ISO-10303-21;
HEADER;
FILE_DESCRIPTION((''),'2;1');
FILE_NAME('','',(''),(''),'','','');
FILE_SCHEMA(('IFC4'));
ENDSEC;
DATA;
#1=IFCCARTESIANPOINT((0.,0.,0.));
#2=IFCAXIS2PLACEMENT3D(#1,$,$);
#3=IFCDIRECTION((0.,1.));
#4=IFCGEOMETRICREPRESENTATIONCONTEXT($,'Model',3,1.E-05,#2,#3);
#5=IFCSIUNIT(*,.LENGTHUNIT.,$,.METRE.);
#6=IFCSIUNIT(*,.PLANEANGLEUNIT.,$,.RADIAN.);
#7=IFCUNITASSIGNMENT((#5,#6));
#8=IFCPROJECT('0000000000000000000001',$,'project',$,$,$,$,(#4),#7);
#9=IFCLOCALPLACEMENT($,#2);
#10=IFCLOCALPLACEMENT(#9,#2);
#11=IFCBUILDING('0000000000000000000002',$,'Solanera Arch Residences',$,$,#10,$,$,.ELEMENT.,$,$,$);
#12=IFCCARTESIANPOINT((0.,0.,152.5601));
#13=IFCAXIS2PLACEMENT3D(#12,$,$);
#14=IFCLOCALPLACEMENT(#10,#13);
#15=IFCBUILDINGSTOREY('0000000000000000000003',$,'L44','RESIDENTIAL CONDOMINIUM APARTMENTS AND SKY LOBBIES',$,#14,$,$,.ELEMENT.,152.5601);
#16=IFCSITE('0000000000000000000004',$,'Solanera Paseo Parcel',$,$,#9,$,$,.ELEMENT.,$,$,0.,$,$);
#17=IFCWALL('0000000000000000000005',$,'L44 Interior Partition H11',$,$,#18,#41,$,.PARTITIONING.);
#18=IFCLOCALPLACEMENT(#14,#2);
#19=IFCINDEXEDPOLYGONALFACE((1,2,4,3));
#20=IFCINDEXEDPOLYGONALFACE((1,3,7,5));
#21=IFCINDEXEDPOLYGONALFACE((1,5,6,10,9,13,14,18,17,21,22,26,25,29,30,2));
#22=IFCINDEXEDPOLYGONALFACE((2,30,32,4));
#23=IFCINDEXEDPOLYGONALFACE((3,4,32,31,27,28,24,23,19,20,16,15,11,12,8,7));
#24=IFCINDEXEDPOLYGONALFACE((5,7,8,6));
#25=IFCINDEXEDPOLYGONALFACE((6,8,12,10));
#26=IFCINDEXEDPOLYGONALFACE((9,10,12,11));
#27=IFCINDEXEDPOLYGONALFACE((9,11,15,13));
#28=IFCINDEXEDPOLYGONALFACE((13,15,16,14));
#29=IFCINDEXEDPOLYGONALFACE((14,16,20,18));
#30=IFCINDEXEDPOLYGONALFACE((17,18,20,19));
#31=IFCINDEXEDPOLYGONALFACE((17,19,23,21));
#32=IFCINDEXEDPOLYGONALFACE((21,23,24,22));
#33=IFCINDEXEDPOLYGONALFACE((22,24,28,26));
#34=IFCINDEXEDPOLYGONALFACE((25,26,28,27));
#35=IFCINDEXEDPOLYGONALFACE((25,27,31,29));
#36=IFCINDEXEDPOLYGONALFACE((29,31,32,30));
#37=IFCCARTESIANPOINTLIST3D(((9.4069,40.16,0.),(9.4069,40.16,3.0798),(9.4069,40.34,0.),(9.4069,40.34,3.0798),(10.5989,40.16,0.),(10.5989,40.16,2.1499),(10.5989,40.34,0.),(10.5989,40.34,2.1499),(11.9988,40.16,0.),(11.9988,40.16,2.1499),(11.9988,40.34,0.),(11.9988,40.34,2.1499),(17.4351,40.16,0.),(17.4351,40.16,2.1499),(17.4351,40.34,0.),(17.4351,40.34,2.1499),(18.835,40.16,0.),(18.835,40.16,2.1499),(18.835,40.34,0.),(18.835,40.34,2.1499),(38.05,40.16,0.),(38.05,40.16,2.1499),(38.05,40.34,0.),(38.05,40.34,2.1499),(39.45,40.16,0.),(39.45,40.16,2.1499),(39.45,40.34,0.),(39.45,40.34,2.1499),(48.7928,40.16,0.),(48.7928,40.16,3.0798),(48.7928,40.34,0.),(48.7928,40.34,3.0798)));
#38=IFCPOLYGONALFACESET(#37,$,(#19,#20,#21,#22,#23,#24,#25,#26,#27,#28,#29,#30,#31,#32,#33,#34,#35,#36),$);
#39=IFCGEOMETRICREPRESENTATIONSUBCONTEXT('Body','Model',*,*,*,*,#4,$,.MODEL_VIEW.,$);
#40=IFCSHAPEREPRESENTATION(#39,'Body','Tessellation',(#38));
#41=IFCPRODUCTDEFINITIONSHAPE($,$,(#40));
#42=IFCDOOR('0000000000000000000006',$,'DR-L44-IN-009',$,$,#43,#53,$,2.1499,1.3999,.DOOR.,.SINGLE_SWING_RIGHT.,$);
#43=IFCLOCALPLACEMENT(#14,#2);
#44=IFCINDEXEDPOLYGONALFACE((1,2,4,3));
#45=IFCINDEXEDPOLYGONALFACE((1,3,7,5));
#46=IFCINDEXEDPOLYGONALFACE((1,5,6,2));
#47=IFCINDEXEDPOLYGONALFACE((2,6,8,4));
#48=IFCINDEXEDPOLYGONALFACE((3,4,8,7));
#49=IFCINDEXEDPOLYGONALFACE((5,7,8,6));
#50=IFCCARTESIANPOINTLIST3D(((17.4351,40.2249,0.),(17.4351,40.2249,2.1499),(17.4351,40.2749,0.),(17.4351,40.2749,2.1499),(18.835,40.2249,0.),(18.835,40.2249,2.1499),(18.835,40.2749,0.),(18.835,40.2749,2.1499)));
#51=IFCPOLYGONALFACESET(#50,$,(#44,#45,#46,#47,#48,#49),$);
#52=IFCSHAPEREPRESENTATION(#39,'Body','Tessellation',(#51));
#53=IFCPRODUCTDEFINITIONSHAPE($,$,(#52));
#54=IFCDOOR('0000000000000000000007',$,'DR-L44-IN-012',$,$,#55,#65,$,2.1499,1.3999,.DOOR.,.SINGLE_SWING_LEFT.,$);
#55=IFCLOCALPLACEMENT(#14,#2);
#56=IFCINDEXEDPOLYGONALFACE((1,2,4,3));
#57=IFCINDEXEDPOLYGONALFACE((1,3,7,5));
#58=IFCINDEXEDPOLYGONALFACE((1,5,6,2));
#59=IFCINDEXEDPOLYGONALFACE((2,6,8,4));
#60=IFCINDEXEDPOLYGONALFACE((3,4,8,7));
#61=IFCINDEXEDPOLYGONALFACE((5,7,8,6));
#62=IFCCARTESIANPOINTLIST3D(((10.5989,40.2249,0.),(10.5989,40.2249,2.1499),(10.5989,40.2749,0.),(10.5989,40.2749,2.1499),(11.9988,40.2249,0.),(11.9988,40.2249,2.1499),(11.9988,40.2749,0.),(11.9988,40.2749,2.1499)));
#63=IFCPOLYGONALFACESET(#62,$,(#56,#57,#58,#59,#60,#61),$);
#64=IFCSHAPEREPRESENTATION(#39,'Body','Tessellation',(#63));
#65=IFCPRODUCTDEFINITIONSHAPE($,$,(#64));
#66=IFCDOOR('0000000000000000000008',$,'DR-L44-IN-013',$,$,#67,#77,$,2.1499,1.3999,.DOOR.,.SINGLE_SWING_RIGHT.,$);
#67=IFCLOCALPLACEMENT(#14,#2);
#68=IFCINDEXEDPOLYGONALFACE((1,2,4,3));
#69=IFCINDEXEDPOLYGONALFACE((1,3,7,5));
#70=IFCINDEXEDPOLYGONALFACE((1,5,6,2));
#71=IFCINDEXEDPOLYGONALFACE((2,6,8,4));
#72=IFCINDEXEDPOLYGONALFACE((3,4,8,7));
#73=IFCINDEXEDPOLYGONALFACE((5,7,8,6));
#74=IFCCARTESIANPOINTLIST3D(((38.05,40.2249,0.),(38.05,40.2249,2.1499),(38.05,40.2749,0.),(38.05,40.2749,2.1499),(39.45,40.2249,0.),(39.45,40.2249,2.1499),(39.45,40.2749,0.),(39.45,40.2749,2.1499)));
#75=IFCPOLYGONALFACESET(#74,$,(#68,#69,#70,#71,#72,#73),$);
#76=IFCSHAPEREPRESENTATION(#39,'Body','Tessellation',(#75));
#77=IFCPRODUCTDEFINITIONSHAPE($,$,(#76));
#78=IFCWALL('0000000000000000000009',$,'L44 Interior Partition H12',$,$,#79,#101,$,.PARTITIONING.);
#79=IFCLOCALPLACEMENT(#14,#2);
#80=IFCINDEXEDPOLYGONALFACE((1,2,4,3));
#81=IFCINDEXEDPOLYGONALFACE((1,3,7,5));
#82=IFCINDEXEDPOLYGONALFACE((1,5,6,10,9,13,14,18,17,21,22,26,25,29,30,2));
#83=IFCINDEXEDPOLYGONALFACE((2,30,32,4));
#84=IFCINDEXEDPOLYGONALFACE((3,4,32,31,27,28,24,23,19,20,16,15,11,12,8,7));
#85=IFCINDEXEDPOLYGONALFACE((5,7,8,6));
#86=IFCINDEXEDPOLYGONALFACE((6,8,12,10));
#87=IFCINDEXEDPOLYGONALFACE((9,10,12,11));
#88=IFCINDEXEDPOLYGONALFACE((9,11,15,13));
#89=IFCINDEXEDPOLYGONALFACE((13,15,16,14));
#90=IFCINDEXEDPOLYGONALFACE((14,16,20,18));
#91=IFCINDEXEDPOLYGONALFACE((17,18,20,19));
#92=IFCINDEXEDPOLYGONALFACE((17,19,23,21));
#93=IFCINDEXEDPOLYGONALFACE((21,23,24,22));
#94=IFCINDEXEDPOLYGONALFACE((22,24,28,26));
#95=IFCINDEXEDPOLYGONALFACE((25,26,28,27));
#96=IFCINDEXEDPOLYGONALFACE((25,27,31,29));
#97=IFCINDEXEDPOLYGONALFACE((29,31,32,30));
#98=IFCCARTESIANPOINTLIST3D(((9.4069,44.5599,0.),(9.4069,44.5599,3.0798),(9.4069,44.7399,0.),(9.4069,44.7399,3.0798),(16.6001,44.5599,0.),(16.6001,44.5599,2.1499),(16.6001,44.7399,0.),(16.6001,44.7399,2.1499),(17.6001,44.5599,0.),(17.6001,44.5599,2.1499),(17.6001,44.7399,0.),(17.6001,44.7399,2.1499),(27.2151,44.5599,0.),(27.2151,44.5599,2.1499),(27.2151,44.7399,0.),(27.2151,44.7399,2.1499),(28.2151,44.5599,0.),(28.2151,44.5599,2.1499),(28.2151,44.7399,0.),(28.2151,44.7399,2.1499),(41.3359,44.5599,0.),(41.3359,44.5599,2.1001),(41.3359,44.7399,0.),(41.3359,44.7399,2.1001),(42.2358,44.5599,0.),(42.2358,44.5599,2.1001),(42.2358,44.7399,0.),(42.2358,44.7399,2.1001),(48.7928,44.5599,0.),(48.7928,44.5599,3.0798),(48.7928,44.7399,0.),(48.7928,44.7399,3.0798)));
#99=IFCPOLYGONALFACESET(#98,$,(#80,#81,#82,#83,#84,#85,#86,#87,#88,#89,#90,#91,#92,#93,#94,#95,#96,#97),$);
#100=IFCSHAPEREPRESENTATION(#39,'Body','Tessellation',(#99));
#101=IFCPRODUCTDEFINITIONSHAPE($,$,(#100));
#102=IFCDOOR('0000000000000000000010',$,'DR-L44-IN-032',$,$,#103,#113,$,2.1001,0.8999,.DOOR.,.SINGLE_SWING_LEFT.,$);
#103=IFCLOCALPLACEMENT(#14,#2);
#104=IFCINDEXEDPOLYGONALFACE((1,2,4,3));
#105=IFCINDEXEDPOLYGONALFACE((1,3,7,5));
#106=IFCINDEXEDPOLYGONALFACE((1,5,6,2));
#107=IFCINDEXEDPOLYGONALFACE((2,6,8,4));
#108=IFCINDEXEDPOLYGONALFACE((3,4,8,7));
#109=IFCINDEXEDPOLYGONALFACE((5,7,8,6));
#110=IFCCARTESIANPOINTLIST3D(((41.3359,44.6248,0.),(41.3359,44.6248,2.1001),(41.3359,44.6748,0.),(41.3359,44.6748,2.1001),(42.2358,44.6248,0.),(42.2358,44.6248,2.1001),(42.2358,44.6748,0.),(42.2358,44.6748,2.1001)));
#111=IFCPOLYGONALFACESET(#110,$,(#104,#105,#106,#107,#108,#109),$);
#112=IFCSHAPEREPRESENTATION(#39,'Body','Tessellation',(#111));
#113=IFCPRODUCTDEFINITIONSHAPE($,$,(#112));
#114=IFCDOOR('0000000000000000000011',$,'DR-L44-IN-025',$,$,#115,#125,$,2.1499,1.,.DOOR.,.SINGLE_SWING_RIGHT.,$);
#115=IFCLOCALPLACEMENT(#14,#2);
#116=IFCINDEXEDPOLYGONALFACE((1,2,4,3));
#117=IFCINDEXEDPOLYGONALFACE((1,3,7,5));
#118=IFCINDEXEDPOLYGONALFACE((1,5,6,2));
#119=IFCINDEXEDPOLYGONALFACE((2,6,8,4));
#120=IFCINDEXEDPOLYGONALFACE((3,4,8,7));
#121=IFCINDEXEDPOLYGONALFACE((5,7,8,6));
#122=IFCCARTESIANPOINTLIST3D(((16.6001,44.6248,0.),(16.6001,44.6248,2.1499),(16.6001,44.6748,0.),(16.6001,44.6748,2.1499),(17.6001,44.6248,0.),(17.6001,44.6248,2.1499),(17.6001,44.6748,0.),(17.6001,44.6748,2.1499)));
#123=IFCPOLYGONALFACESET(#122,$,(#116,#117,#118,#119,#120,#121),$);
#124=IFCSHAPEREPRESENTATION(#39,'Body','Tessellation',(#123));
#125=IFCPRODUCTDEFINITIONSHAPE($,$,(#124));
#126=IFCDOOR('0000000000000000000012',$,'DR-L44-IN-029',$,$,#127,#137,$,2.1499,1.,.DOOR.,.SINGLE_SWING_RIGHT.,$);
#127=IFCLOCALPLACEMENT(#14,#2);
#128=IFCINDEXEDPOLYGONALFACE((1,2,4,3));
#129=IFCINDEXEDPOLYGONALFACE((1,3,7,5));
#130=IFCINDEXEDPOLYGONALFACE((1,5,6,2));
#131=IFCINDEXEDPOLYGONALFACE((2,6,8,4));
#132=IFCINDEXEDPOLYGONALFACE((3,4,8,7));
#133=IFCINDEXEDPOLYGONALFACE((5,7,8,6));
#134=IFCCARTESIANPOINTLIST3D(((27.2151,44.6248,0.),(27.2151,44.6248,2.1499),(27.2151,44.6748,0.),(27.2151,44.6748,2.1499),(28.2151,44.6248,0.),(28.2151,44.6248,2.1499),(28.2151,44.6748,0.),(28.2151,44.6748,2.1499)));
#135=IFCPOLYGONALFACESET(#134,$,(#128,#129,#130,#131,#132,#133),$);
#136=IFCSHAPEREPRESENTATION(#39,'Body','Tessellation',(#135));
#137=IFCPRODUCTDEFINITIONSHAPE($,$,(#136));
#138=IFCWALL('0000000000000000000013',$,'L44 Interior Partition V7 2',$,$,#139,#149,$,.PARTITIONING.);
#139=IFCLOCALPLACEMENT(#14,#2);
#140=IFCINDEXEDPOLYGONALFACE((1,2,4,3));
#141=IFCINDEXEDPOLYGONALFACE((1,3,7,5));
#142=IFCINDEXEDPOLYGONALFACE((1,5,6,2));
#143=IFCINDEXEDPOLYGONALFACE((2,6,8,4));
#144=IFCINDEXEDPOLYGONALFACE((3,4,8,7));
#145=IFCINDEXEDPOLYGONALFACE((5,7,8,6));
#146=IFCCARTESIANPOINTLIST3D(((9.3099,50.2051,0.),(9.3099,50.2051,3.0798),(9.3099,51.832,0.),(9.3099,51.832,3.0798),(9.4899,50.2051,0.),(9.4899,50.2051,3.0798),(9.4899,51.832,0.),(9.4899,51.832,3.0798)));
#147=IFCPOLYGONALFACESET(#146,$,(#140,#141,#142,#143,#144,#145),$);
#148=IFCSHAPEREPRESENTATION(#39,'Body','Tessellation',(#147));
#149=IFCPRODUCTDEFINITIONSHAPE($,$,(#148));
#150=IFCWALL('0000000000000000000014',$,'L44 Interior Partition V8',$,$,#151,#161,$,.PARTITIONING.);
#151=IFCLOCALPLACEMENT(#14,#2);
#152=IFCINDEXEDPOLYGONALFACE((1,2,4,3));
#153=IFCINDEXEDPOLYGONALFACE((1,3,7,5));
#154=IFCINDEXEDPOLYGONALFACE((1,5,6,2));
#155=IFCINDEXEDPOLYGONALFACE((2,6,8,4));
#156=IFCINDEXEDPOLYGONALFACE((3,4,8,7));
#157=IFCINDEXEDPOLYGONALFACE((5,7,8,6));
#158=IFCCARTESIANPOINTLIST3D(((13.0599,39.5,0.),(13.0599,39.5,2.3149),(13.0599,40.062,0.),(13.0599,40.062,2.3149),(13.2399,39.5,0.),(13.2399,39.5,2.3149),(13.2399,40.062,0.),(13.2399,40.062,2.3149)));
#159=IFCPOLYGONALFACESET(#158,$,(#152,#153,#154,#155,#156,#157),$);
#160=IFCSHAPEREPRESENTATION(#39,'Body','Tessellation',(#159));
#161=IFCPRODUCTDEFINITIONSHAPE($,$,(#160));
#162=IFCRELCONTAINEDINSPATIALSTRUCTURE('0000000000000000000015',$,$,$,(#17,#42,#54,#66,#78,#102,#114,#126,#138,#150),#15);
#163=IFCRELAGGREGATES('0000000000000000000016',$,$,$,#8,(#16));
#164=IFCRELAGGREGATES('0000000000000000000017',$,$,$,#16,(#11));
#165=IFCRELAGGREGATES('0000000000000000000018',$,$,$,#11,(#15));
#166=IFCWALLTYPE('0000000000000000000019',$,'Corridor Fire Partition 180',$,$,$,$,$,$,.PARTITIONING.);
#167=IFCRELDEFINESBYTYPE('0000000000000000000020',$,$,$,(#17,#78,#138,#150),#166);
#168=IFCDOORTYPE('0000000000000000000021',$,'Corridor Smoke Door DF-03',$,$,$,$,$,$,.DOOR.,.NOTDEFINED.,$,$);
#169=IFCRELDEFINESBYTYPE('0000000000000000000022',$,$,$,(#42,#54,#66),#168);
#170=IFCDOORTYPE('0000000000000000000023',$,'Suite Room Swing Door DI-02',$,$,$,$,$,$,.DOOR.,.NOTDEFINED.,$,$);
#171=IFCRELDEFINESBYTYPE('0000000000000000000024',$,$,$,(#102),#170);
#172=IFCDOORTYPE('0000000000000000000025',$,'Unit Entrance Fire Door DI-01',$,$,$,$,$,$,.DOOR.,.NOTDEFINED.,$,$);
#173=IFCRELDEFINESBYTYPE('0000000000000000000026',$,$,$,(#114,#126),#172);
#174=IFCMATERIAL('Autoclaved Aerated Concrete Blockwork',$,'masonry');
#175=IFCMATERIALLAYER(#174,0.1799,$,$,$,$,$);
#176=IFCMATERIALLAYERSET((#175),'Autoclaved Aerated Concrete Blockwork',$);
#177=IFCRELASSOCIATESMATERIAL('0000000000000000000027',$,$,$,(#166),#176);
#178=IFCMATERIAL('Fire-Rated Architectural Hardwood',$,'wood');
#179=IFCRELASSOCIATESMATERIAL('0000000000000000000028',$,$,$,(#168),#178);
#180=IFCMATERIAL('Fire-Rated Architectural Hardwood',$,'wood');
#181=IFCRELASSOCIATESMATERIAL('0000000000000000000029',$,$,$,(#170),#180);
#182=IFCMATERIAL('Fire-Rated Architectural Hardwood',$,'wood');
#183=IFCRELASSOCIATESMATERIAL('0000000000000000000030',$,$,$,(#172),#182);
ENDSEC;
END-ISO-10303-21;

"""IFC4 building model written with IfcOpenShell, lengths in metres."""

from ifc_helpers import new_model, si_unit, direction, frame, frame_2d, origin, place, context, subcontext, project, spatial, rectangle, extrude, material, layer, layer_set, type_object, element, fill, save


model = new_model("IFC4")

# Units and contexts
model_context = context("Model", 3, precision=1e-05, world=origin(), true_north=direction((0.0, 1.0)))
body_context = subcontext(model_context, "Body", "Model", "MODEL_VIEW")
ifc_project = project(units=[si_unit("LENGTHUNIT", "METRE"), si_unit("PLANEANGLEUNIT", "RADIAN")], contexts=[model_context])

# Site, building, storey
site_placement = place(None, origin())
site = spatial("IfcSite", under=ifc_project, at=site_placement, Name="Solanera Paseo Parcel", CompositionType="ELEMENT", RefElevation=0.0)
building_placement = place(site_placement, origin())
building = spatial("IfcBuilding", under=site, at=building_placement, Name="Solanera Arch Residences", CompositionType="ELEMENT")
storey_placement = place(building_placement, frame((0.0, 0.0, 152.5601)))
storey = spatial("IfcBuildingStorey", under=building, at=storey_placement, Name="L44", Description="RESIDENTIAL CONDOMINIUM APARTMENTS AND SKY LOBBIES", CompositionType="ELEMENT", Elevation=152.5601)

# Walls, openings, doors
ifc_material_1 = material(Name="Autoclaved Aerated Concrete Blockwork", Category="masonry")
ifc_layer_1 = layer(ifc_material_1, 0.1799)
ifc_layer_set_1 = layer_set([ifc_layer_1], Name="Autoclaved Aerated Concrete Blockwork")
wall_type_1 = type_object("IfcWallType", Name="Corridor Fire Partition 180", PredefinedType="PARTITIONING", material=ifc_layer_set_1)
wall_1_placement = place(storey_placement, frame((9.407, 40.25, 0.0), z_axis=(0.0, 0.0, 1.0), x_axis=(1.0, 0.0, 0.0)))
wall_1 = element("IfcWall", 1, at=wall_1_placement, inside=storey, type_object=wall_type_1, Name="L44 Interior Partition H11", PredefinedType="PARTITIONING", context=body_context, shape_type="SweptSolid", body=[
    extrude(rectangle(XDim=39.386, YDim=0.1799, at=frame_2d((19.6929, 0.0))), origin(), (0.0, 0.0, 1.0), 3.0798),
])
opening_1_placement = place(wall_1_placement, frame((8.0281, 0.0, 0.0)))
opening_1 = element("IfcOpeningElement", 2, at=opening_1_placement, cuts=wall_1, PredefinedType="OPENING", context=body_context, shape_type="SweptSolid", body=[
    extrude(rectangle(XDim=1.3999, YDim=2.1499, at=frame_2d((0.7, 1.075))), frame((0.0, 0.1001, 0.0), z_axis=(0.0, -1.0, 0.0), x_axis=(1.0, 0.0, 0.0)), (0.0, 0.0, 1.0), 0.1999),
])
opening_2_placement = place(wall_1_placement, frame((1.1919, 0.0, 0.0)))
opening_2 = element("IfcOpeningElement", 3, at=opening_2_placement, cuts=wall_1, PredefinedType="OPENING", context=body_context, shape_type="SweptSolid", body=[
    extrude(rectangle(XDim=1.3999, YDim=2.1499, at=frame_2d((0.7, 1.075))), frame((0.0, 0.1001, 0.0), z_axis=(0.0, -1.0, 0.0), x_axis=(1.0, 0.0, 0.0)), (0.0, 0.0, 1.0), 0.1999),
])
opening_3_placement = place(wall_1_placement, frame((28.6431, 0.0, 0.0)))
opening_3 = element("IfcOpeningElement", 4, at=opening_3_placement, cuts=wall_1, PredefinedType="OPENING", context=body_context, shape_type="SweptSolid", body=[
    extrude(rectangle(XDim=1.3999, YDim=2.1499, at=frame_2d((0.7, 1.075))), frame((0.0, 0.1001, 0.0), z_axis=(0.0, -1.0, 0.0), x_axis=(1.0, 0.0, 0.0)), (0.0, 0.0, 1.0), 0.1999),
])
ifc_material_2 = material(Name="Fire-Rated Architectural Hardwood", Category="wood")
door_type_1 = type_object("IfcDoorType", Name="Corridor Smoke Door DF-03", OperationType="NOTDEFINED", PredefinedType="DOOR", material=ifc_material_2)
door_1_placement = place(opening_1_placement, origin())
door_1 = element("IfcDoor", 5, at=door_1_placement, inside=storey, type_object=door_type_1, Name="DR-L44-IN-009", OperationType="SINGLE_SWING_RIGHT", OverallHeight=2.1499, OverallWidth=1.3999, PredefinedType="DOOR", context=body_context, shape_type="SweptSolid", body=[
    extrude(rectangle(XDim=1.3999, YDim=2.1499, at=frame_2d((0.7, 1.075))), frame((0.0, 0.0249, 0.0), z_axis=(0.0, -1.0, 0.0), x_axis=(1.0, 0.0, 0.0)), (0.0, 0.0, 1.0), 0.05),
])
fill(opening_1, door_1)
door_2_placement = place(opening_2_placement, origin())
door_2 = element("IfcDoor", 6, at=door_2_placement, inside=storey, type_object=door_type_1, Name="DR-L44-IN-012", OperationType="SINGLE_SWING_LEFT", OverallHeight=2.1499, OverallWidth=1.3999, PredefinedType="DOOR", context=body_context, shape_type="SweptSolid", body=[
    extrude(rectangle(XDim=1.3999, YDim=2.1499, at=frame_2d((0.7, 1.075))), frame((0.0, 0.0249, 0.0), z_axis=(0.0, -1.0, 0.0), x_axis=(1.0, 0.0, 0.0)), (0.0, 0.0, 1.0), 0.05),
])
fill(opening_2, door_2)
door_3_placement = place(opening_3_placement, origin())
door_3 = element("IfcDoor", 7, at=door_3_placement, inside=storey, type_object=door_type_1, Name="DR-L44-IN-013", OperationType="SINGLE_SWING_RIGHT", OverallHeight=2.1499, OverallWidth=1.3999, PredefinedType="DOOR", context=body_context, shape_type="SweptSolid", body=[
    extrude(rectangle(XDim=1.3999, YDim=2.1499, at=frame_2d((0.7, 1.075))), frame((0.0, 0.0249, 0.0), z_axis=(0.0, -1.0, 0.0), x_axis=(1.0, 0.0, 0.0)), (0.0, 0.0, 1.0), 0.05),
])
fill(opening_3, door_3)
wall_2_placement = place(storey_placement, frame((9.407, 44.6499, 0.0), z_axis=(0.0, 0.0, 1.0), x_axis=(1.0, 0.0, 0.0)))
wall_2 = element("IfcWall", 8, at=wall_2_placement, inside=storey, type_object=wall_type_1, Name="L44 Interior Partition H12", PredefinedType="PARTITIONING", context=body_context, shape_type="SweptSolid", body=[
    extrude(rectangle(XDim=39.386, YDim=0.1799, at=frame_2d((19.6929, 0.0))), origin(), (0.0, 0.0, 1.0), 3.0798),
])
opening_4_placement = place(wall_2_placement, frame((7.1931, 0.0, 0.0)))
opening_4 = element("IfcOpeningElement", 9, at=opening_4_placement, cuts=wall_2, PredefinedType="OPENING", context=body_context, shape_type="SweptSolid", body=[
    extrude(rectangle(XDim=1.0, YDim=2.1499, at=frame_2d((0.5, 1.075))), frame((0.0, 0.1001, 0.0), z_axis=(0.0, -1.0, 0.0), x_axis=(1.0, 0.0, 0.0)), (0.0, 0.0, 1.0), 0.1999),
])
opening_5_placement = place(wall_2_placement, frame((17.8081, 0.0, 0.0)))
opening_5 = element("IfcOpeningElement", 10, at=opening_5_placement, cuts=wall_2, PredefinedType="OPENING", context=body_context, shape_type="SweptSolid", body=[
    extrude(rectangle(XDim=1.0, YDim=2.1499, at=frame_2d((0.5, 1.075))), frame((0.0, 0.1001, 0.0), z_axis=(0.0, -1.0, 0.0), x_axis=(1.0, 0.0, 0.0)), (0.0, 0.0, 1.0), 0.1999),
])
opening_6_placement = place(wall_2_placement, frame((31.929, 0.0, 0.0)))
opening_6 = element("IfcOpeningElement", 11, at=opening_6_placement, cuts=wall_2, PredefinedType="OPENING", context=body_context, shape_type="SweptSolid", body=[
    extrude(rectangle(XDim=0.8999, YDim=2.1001, at=frame_2d((0.45, 1.05))), frame((0.0, 0.1001, 0.0), z_axis=(0.0, -1.0, 0.0), x_axis=(1.0, 0.0, 0.0)), (0.0, 0.0, 1.0), 0.1999),
])
ifc_material_3 = material(Name="Fire-Rated Architectural Hardwood", Category="wood")
door_type_2 = type_object("IfcDoorType", Name="Suite Room Swing Door DI-02", OperationType="NOTDEFINED", PredefinedType="DOOR", material=ifc_material_3)
door_4_placement = place(opening_6_placement, origin())
door_4 = element("IfcDoor", 12, at=door_4_placement, inside=storey, type_object=door_type_2, Name="DR-L44-IN-032", OperationType="SINGLE_SWING_LEFT", OverallHeight=2.1001, OverallWidth=0.8999, PredefinedType="DOOR", context=body_context, shape_type="SweptSolid", body=[
    extrude(rectangle(XDim=0.8999, YDim=2.1001, at=frame_2d((0.45, 1.05))), frame((0.0, 0.0249, 0.0), z_axis=(0.0, -1.0, 0.0), x_axis=(1.0, 0.0, 0.0)), (0.0, 0.0, 1.0), 0.05),
])
fill(opening_6, door_4)
ifc_material_4 = material(Name="Fire-Rated Architectural Hardwood", Category="wood")
door_type_3 = type_object("IfcDoorType", Name="Unit Entrance Fire Door DI-01", OperationType="NOTDEFINED", PredefinedType="DOOR", material=ifc_material_4)
door_5_placement = place(opening_4_placement, origin())
door_5 = element("IfcDoor", 13, at=door_5_placement, inside=storey, type_object=door_type_3, Name="DR-L44-IN-025", OperationType="SINGLE_SWING_RIGHT", OverallHeight=2.1499, OverallWidth=1.0, PredefinedType="DOOR", context=body_context, shape_type="SweptSolid", body=[
    extrude(rectangle(XDim=1.0, YDim=2.1499, at=frame_2d((0.5, 1.075))), frame((0.0, 0.0249, 0.0), z_axis=(0.0, -1.0, 0.0), x_axis=(1.0, 0.0, 0.0)), (0.0, 0.0, 1.0), 0.05),
])
fill(opening_4, door_5)
door_6_placement = place(opening_5_placement, origin())
door_6 = element("IfcDoor", 14, at=door_6_placement, inside=storey, type_object=door_type_3, Name="DR-L44-IN-029", OperationType="SINGLE_SWING_RIGHT", OverallHeight=2.1499, OverallWidth=1.0, PredefinedType="DOOR", context=body_context, shape_type="SweptSolid", body=[
    extrude(rectangle(XDim=1.0, YDim=2.1499, at=frame_2d((0.5, 1.075))), frame((0.0, 0.0249, 0.0), z_axis=(0.0, -1.0, 0.0), x_axis=(1.0, 0.0, 0.0)), (0.0, 0.0, 1.0), 0.05),
])
fill(opening_5, door_6)

# Walls
wall_3_placement = place(storey_placement, frame((9.3999, 50.2051, 0.0), z_axis=(0.0, 0.0, 1.0), x_axis=(0.0, 1.0, 0.0)))
element("IfcWall", 15, at=wall_3_placement, inside=storey, type_object=wall_type_1, Name="L44 Interior Partition V7 2", PredefinedType="PARTITIONING", context=body_context, shape_type="SweptSolid", body=[
    extrude(rectangle(XDim=1.627, YDim=0.1799, at=frame_2d((0.8135, 0.0))), origin(), (0.0, 0.0, 1.0), 3.0798),
])
wall_4_placement = place(storey_placement, frame((13.1499, 39.5, 0.0), z_axis=(0.0, 0.0, 1.0), x_axis=(0.0, 1.0, 0.0)))
element("IfcWall", 16, at=wall_4_placement, inside=storey, type_object=wall_type_1, Name="L44 Interior Partition V8", PredefinedType="PARTITIONING", context=body_context, shape_type="SweptSolid", body=[
    extrude(rectangle(XDim=0.562, YDim=0.1799, at=frame_2d((0.281, 0.0))), origin(), (0.0, 0.0, 1.0), 2.3149),
])

save(model, "model.ifc")
